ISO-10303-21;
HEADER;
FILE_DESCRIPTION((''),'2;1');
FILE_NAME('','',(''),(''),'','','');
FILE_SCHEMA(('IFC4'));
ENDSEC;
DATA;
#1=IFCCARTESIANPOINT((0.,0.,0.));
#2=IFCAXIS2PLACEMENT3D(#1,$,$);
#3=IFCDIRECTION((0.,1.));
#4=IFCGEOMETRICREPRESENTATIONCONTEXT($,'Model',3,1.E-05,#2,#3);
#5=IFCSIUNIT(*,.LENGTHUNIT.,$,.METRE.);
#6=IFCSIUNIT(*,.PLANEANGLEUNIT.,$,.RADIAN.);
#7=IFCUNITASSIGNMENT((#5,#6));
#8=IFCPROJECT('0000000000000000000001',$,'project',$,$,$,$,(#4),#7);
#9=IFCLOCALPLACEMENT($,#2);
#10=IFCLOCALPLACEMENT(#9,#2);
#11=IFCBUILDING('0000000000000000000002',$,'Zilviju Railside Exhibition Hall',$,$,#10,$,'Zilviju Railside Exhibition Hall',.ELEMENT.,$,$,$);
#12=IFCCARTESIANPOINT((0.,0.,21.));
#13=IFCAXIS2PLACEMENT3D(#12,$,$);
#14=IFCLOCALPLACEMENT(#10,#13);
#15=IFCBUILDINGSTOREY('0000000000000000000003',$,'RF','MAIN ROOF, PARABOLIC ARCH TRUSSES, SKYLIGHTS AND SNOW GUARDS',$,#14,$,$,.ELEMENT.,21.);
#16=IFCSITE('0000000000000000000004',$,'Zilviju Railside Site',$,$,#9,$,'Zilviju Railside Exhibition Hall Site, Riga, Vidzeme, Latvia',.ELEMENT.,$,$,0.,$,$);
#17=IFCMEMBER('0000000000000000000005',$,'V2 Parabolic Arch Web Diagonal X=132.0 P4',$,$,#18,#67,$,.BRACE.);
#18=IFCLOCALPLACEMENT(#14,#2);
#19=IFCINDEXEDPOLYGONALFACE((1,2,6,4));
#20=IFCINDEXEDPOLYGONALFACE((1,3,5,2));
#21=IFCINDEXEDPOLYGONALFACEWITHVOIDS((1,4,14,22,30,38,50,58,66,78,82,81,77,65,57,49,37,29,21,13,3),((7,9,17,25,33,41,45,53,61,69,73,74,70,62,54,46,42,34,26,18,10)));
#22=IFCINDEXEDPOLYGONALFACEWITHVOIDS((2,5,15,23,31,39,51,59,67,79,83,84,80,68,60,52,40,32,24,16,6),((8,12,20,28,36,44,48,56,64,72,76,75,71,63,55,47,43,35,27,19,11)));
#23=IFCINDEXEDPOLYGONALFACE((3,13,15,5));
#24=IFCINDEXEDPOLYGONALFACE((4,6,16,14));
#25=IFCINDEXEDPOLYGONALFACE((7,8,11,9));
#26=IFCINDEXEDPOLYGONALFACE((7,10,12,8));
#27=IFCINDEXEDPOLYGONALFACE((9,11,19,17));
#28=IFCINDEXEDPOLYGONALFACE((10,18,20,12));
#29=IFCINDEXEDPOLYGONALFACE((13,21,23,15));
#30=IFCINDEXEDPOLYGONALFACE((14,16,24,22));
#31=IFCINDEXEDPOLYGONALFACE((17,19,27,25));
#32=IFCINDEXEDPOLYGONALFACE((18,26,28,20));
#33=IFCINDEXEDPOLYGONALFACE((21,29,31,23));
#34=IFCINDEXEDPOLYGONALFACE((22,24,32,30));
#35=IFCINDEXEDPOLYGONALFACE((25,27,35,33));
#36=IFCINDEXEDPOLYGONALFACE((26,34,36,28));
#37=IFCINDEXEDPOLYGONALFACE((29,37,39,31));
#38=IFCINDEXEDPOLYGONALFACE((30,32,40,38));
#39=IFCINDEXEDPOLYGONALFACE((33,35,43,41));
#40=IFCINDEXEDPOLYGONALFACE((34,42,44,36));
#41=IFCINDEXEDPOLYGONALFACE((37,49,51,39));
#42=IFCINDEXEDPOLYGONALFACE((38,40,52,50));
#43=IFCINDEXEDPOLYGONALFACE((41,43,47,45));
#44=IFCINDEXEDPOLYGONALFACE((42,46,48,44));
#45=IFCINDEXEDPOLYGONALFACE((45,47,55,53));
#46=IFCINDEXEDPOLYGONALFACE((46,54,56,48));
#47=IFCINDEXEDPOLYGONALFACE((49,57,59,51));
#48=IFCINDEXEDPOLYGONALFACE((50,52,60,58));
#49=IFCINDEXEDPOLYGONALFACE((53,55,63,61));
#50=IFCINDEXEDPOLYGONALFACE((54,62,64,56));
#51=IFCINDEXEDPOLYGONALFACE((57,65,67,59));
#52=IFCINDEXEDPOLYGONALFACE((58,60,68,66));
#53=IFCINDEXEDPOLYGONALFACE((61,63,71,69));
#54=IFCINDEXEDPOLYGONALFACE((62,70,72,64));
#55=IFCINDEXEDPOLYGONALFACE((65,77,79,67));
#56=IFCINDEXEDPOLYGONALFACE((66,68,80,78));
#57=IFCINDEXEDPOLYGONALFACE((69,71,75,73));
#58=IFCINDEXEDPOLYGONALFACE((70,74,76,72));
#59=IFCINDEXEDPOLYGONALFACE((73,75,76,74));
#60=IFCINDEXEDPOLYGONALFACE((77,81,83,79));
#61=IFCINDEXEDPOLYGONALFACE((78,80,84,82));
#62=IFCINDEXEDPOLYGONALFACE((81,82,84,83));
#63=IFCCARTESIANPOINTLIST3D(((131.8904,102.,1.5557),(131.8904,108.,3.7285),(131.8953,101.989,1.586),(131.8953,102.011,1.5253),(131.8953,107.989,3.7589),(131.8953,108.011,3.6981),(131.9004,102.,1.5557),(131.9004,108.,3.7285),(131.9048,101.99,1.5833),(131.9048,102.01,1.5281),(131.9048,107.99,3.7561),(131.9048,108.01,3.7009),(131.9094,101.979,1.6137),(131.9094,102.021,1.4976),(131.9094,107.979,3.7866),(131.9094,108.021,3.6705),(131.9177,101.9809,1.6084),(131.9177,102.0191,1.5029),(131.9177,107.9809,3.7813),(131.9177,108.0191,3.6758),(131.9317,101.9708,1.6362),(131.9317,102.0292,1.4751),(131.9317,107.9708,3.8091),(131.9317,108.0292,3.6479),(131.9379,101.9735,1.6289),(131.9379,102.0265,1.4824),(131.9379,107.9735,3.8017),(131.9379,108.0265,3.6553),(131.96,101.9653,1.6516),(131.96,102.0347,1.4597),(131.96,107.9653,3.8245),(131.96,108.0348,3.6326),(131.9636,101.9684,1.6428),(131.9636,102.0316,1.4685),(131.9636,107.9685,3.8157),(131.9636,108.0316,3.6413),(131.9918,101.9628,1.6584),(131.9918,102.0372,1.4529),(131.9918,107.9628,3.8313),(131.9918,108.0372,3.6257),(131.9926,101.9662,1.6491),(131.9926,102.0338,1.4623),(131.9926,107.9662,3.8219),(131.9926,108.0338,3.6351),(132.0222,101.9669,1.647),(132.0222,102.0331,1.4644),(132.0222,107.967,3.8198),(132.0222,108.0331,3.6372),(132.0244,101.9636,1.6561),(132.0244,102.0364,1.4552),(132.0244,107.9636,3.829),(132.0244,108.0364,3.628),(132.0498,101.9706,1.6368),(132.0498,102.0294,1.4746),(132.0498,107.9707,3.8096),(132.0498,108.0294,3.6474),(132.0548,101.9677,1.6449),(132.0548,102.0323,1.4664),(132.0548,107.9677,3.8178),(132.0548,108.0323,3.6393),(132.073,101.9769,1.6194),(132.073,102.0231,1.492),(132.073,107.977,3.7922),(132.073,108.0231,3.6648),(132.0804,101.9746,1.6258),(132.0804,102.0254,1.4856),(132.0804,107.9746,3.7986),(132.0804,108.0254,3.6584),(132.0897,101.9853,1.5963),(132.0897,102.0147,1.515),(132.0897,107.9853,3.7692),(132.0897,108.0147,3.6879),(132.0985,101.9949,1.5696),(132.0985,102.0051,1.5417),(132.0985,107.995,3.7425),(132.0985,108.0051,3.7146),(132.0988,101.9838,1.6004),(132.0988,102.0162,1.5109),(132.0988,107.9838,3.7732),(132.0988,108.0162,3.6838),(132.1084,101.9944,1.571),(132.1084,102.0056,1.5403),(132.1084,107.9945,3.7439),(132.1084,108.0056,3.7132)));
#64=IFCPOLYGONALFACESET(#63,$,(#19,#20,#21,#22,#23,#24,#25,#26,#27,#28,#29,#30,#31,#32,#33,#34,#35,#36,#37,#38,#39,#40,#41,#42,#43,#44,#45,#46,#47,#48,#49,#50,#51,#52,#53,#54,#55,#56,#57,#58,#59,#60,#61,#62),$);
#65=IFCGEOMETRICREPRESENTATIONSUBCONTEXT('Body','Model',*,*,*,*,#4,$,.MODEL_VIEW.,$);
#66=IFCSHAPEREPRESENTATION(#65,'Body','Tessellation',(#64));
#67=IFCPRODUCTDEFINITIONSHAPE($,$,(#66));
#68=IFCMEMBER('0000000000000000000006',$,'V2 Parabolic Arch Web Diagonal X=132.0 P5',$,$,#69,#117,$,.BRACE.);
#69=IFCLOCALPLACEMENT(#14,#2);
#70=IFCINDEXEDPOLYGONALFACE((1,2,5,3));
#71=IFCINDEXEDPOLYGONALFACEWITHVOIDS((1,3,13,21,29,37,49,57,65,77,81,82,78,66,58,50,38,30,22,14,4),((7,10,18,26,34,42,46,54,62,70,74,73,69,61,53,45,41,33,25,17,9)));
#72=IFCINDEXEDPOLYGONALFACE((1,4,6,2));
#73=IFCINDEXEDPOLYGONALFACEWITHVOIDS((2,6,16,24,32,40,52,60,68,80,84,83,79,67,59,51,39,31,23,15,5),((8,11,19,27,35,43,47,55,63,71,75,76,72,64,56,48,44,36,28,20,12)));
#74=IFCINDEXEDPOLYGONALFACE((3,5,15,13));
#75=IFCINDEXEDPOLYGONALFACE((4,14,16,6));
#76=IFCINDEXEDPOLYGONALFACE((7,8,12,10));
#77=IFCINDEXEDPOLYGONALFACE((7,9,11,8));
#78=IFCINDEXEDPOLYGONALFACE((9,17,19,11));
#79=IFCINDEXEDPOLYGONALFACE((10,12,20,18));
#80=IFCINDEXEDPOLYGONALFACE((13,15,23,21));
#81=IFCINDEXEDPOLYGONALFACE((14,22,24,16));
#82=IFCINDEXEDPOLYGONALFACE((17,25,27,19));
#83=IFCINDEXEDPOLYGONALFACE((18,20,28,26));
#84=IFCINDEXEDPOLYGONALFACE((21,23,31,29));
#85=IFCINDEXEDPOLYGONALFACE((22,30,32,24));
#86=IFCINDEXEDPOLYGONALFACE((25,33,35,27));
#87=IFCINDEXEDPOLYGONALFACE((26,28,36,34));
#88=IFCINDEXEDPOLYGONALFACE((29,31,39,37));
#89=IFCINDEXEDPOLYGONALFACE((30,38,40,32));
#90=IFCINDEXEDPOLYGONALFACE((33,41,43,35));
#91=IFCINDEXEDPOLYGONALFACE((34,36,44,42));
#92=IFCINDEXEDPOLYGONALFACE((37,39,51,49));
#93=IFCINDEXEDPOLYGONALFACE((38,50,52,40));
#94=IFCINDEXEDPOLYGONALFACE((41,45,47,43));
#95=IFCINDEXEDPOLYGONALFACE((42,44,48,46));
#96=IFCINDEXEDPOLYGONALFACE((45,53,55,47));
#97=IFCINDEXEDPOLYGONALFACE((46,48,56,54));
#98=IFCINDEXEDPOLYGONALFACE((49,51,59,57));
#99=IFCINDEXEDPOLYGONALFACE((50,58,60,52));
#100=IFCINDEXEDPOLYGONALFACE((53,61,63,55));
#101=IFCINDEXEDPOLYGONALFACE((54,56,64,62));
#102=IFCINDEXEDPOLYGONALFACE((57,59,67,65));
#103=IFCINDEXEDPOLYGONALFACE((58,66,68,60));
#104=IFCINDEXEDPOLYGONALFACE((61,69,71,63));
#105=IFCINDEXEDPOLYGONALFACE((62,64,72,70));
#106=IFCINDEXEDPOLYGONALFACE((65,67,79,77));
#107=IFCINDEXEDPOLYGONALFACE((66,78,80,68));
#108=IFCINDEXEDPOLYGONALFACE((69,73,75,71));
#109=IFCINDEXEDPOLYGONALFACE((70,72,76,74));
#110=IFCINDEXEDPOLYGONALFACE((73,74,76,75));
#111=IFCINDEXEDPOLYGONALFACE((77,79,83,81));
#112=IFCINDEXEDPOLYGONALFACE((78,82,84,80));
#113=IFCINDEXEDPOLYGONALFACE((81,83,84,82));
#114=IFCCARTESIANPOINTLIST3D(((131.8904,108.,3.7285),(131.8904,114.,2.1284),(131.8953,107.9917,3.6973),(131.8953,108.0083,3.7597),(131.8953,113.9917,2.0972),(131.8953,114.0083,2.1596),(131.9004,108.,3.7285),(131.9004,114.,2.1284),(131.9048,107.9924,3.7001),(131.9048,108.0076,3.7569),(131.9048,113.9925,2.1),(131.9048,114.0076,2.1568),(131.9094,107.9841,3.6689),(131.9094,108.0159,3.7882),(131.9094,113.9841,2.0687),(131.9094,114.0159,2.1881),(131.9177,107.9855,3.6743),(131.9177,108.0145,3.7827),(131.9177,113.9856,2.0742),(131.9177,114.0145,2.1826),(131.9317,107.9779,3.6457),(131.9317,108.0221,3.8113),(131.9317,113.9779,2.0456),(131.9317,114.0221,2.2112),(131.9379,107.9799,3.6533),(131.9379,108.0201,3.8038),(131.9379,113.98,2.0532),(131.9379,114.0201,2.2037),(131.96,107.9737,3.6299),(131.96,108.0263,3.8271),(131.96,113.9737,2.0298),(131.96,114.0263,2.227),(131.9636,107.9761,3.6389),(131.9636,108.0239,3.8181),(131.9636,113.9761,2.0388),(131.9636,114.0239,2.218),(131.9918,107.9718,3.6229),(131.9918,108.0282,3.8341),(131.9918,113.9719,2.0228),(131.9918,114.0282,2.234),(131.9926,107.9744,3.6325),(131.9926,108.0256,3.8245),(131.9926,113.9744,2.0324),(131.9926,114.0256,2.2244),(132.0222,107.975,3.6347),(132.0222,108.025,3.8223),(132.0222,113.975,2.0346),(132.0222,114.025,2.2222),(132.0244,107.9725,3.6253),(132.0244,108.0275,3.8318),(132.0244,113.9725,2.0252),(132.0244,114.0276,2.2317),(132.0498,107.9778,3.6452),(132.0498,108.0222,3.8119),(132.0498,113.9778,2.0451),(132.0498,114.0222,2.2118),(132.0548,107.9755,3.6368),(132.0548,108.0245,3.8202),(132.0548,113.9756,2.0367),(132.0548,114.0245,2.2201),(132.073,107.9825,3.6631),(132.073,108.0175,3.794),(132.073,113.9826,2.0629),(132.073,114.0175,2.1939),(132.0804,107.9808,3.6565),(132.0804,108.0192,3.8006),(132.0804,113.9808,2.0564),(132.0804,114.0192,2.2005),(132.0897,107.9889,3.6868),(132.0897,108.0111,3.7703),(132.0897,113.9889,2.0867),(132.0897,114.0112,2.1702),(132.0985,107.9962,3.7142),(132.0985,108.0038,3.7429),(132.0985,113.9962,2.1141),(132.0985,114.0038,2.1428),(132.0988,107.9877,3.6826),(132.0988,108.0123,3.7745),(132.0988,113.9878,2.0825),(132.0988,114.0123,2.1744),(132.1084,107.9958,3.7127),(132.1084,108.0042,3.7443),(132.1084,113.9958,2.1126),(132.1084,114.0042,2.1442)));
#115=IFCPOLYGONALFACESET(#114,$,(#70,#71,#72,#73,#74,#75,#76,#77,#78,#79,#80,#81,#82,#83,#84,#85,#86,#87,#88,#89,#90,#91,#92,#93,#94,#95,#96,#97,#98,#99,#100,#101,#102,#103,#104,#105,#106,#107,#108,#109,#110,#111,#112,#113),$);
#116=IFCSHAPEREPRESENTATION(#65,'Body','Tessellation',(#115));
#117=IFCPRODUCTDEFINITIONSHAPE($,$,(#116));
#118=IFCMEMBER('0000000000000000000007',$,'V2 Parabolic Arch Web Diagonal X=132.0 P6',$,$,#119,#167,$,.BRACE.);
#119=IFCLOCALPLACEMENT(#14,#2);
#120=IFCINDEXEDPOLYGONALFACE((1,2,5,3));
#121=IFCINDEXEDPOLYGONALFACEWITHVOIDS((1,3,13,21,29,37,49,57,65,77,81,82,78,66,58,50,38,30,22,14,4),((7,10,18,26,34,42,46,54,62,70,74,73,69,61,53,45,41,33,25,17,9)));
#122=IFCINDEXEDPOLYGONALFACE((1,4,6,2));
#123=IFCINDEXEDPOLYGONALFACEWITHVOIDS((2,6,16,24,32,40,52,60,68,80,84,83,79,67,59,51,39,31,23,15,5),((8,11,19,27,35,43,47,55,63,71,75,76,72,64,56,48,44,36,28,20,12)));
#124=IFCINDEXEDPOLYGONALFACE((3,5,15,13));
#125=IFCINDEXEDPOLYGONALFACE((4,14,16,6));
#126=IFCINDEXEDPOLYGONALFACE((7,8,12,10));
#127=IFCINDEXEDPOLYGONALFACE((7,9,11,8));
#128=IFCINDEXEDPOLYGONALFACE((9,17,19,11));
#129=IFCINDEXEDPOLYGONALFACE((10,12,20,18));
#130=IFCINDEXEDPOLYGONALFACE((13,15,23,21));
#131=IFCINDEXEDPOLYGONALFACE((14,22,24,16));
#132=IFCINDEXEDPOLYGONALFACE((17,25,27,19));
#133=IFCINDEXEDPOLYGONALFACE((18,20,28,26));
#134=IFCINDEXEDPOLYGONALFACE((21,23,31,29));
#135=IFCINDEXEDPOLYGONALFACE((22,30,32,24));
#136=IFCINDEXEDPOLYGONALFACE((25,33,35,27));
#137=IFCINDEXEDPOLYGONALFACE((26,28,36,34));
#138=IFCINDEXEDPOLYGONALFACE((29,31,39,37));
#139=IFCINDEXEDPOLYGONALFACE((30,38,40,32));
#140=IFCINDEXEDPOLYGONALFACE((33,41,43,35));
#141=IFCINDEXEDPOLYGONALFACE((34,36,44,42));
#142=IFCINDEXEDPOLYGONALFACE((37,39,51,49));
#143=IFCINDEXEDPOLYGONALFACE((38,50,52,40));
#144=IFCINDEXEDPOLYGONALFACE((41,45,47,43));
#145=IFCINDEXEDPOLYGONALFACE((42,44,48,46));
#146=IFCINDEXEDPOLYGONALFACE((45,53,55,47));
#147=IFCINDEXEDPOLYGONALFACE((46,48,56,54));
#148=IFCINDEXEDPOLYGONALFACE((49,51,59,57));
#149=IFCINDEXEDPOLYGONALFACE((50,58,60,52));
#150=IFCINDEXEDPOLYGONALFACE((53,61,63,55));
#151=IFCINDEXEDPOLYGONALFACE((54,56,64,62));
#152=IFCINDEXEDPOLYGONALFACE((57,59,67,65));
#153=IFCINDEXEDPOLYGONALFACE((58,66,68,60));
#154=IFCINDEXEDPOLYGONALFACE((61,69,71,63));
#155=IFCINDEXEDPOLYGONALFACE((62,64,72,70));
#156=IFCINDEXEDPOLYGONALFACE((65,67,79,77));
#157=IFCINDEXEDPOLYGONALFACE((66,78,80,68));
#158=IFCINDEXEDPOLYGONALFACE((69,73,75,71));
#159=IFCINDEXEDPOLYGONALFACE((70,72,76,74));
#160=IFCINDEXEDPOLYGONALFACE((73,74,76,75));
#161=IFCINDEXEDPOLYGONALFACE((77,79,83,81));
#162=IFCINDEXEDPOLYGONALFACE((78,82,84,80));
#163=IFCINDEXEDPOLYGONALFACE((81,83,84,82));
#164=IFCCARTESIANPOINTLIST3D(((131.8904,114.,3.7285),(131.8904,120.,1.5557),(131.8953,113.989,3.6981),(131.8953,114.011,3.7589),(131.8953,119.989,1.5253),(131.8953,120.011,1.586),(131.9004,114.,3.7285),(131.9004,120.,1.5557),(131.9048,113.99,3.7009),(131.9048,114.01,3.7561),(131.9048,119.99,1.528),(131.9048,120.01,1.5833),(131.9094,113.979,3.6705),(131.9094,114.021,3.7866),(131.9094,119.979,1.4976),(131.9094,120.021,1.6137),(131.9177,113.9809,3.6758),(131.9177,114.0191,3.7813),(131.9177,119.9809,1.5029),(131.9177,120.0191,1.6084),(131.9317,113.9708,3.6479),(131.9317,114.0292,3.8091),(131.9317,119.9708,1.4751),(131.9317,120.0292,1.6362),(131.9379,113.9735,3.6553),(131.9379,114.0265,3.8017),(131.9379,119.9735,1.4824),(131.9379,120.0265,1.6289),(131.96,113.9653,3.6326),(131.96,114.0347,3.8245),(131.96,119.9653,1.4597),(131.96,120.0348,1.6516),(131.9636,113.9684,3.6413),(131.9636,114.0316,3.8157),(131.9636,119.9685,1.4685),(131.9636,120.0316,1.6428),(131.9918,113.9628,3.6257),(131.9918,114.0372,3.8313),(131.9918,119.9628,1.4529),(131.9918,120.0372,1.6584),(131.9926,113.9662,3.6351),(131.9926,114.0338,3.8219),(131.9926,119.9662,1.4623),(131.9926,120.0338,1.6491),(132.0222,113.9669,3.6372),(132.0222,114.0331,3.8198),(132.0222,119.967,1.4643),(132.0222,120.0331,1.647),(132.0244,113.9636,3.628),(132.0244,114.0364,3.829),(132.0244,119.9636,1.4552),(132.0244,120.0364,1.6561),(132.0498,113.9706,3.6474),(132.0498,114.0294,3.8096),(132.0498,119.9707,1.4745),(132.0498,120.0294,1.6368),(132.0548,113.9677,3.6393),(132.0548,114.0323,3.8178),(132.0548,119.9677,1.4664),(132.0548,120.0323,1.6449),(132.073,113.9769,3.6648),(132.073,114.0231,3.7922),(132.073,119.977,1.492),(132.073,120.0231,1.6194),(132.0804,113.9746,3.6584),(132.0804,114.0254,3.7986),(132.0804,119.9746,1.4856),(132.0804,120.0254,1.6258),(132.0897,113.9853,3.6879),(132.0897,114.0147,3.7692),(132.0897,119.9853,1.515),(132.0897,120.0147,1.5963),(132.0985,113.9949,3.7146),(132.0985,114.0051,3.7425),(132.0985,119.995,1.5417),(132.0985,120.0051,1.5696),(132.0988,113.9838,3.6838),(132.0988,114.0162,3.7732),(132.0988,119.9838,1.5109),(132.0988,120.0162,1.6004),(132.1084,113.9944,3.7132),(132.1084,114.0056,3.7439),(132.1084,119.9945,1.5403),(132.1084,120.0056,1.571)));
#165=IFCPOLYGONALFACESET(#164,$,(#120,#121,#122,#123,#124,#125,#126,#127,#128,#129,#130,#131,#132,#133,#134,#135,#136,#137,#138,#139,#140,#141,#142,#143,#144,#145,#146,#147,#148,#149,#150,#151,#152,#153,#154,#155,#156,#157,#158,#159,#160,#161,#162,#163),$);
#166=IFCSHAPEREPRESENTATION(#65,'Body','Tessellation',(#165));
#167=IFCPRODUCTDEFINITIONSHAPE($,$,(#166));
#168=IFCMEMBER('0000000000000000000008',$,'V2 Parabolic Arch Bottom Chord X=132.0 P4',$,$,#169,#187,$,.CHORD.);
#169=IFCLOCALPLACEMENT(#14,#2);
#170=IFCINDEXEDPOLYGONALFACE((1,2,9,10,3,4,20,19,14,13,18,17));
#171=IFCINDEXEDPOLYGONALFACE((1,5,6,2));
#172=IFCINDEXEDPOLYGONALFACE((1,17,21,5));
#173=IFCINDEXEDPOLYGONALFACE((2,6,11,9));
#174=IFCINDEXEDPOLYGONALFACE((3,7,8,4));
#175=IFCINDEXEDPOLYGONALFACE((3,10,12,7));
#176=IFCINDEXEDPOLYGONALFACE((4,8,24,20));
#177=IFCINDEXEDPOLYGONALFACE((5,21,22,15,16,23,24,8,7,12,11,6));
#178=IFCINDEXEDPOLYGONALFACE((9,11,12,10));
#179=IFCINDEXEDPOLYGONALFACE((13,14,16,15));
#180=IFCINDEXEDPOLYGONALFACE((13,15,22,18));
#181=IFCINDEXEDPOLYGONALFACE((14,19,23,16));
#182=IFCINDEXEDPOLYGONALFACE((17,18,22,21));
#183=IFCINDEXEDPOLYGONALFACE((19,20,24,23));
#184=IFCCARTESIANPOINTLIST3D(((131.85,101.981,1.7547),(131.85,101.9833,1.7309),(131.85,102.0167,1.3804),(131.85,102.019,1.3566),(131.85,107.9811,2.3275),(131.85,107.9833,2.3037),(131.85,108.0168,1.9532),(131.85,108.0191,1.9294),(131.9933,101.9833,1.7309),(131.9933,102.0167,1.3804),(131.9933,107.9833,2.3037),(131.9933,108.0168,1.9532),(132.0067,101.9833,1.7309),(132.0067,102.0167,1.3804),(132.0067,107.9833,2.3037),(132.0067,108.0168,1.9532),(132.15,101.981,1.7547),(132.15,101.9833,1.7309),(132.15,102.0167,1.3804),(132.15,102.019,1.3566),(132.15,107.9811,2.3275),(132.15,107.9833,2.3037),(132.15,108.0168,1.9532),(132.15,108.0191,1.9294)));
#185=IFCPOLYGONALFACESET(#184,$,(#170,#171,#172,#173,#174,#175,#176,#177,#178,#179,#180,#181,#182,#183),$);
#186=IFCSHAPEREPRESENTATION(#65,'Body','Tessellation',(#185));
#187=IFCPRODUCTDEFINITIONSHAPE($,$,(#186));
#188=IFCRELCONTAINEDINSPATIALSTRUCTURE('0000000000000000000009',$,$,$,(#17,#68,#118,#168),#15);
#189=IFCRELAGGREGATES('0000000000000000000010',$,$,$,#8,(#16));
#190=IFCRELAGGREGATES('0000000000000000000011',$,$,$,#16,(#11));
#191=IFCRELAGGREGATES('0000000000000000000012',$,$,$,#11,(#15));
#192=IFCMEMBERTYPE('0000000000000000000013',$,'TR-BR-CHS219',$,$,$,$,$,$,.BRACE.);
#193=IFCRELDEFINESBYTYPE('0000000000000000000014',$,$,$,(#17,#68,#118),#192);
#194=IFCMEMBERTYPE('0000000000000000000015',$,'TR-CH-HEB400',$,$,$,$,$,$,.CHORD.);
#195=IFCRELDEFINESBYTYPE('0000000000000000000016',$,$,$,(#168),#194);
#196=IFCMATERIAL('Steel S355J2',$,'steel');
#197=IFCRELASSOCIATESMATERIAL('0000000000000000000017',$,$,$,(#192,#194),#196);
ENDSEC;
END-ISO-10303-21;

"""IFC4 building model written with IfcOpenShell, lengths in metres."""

from ifc_helpers import new_model, si_unit, direction, frame, origin, origin_2d, place, context, subcontext, project, spatial, hollow_circle, i_section, extrude, material, material_profile, profile_set, type_object, element, save


model = new_model("IFC4")

# Units and contexts
model_context = context("Model", 3, precision=1e-05, world=origin(), true_north=direction((0.0, 1.0)))
body_context = subcontext(model_context, "Body", "Model", "MODEL_VIEW")
ifc_project = project(units=[si_unit("LENGTHUNIT", "METRE"), si_unit("PLANEANGLEUNIT", "RADIAN")], contexts=[model_context])

# Site, building, storey
site_placement = place(None, origin())
site = spatial("IfcSite", under=ifc_project, at=site_placement, Name="Zilviju Railside Site", LongName="Zilviju Railside Exhibition Hall Site, Riga, Vidzeme, Latvia", CompositionType="ELEMENT", RefElevation=0.0)
building_placement = place(site_placement, origin())
building = spatial("IfcBuilding", under=site, at=building_placement, Name="Zilviju Railside Exhibition Hall", LongName="Zilviju Railside Exhibition Hall", CompositionType="ELEMENT")
storey_placement = place(building_placement, frame((0.0, 0.0, 21.0)))
storey = spatial("IfcBuildingStorey", under=building, at=storey_placement, Name="RF", Description="MAIN ROOF, PARABOLIC ARCH TRUSSES, SKYLIGHTS AND SNOW GUARDS", CompositionType="ELEMENT", Elevation=21.0)

# Members
ifc_material_1 = material(Name="Steel S355J2", Category="steel")
ifc_material_profile_1 = material_profile(ifc_material_1, hollow_circle(Radius=0.1096, WallThickness=0.01, at=origin_2d()), Name="CHS 219.1x10.0")
ifc_profile_set_1 = profile_set([ifc_material_profile_1], Name="Steel S355J2")
member_type_1 = type_object("IfcMemberType", Name="TR-BR-CHS219", PredefinedType="BRACE", material=ifc_profile_set_1)
member_1_placement = place(storey_placement, frame((132.0, 102.0, 1.5557), z_axis=(0.0, 0.940244, 0.340502), x_axis=(-1.0, 0.0, 0.0)))
element("IfcMember", 1, at=member_1_placement, inside=storey, type_object=member_type_1, Name="V2 Parabolic Arch Web Diagonal X=132.0 P4", PredefinedType="BRACE", context=body_context, shape_type="SweptSolid", body=[
    extrude(hollow_circle(Radius=0.1096, WallThickness=0.01, at=origin_2d()), origin(), (0.0, 0.0, 1.0), 6.3813),
])
member_2_placement = place(storey_placement, frame((132.0, 108.0, 3.7285), z_axis=(0.0, 0.966231, -0.257677), x_axis=(-1.0, 0.0, 0.0)))
element("IfcMember", 2, at=member_2_placement, inside=storey, type_object=member_type_1, Name="V2 Parabolic Arch Web Diagonal X=132.0 P5", PredefinedType="BRACE", context=body_context, shape_type="SweptSolid", body=[
    extrude(hollow_circle(Radius=0.1096, WallThickness=0.01, at=origin_2d()), origin(), (0.0, 0.0, 1.0), 6.2097),
])
member_3_placement = place(storey_placement, frame((132.0, 114.0, 3.7285), z_axis=(0.0, 0.940244, -0.340502), x_axis=(-1.0, 0.0, 0.0)))
element("IfcMember", 3, at=member_3_placement, inside=storey, type_object=member_type_1, Name="V2 Parabolic Arch Web Diagonal X=132.0 P6", PredefinedType="BRACE", context=body_context, shape_type="SweptSolid", body=[
    extrude(hollow_circle(Radius=0.1096, WallThickness=0.01, at=origin_2d()), origin(), (0.0, 0.0, 1.0), 6.3813),
])
ifc_material_profile_2 = material_profile(ifc_material_1, i_section(OverallWidth=0.3, OverallDepth=0.3999, WebThickness=0.0134, FlangeThickness=0.0239, at=origin_2d()), Name="HEB 400")
ifc_profile_set_2 = profile_set([ifc_material_profile_2], Name="Steel S355J2")
member_type_2 = type_object("IfcMemberType", Name="TR-CH-HEB400", PredefinedType="CHORD", material=ifc_profile_set_2)
member_4_placement = place(storey_placement, frame((132.0, 102.0, 1.5557), z_axis=(0.0, 0.995475, 0.095027), x_axis=(-1.0, 0.0, 0.0)))
element("IfcMember", 4, at=member_4_placement, inside=storey, type_object=member_type_2, Name="V2 Parabolic Arch Bottom Chord X=132.0 P4", PredefinedType="CHORD", context=body_context, shape_type="SweptSolid", body=[
    extrude(i_section(OverallWidth=0.3, OverallDepth=0.3999, WebThickness=0.0134, FlangeThickness=0.0239, at=origin_2d()), origin(), (0.0, 0.0, 1.0), 6.0273),
])

save(model, "model.ifc")
